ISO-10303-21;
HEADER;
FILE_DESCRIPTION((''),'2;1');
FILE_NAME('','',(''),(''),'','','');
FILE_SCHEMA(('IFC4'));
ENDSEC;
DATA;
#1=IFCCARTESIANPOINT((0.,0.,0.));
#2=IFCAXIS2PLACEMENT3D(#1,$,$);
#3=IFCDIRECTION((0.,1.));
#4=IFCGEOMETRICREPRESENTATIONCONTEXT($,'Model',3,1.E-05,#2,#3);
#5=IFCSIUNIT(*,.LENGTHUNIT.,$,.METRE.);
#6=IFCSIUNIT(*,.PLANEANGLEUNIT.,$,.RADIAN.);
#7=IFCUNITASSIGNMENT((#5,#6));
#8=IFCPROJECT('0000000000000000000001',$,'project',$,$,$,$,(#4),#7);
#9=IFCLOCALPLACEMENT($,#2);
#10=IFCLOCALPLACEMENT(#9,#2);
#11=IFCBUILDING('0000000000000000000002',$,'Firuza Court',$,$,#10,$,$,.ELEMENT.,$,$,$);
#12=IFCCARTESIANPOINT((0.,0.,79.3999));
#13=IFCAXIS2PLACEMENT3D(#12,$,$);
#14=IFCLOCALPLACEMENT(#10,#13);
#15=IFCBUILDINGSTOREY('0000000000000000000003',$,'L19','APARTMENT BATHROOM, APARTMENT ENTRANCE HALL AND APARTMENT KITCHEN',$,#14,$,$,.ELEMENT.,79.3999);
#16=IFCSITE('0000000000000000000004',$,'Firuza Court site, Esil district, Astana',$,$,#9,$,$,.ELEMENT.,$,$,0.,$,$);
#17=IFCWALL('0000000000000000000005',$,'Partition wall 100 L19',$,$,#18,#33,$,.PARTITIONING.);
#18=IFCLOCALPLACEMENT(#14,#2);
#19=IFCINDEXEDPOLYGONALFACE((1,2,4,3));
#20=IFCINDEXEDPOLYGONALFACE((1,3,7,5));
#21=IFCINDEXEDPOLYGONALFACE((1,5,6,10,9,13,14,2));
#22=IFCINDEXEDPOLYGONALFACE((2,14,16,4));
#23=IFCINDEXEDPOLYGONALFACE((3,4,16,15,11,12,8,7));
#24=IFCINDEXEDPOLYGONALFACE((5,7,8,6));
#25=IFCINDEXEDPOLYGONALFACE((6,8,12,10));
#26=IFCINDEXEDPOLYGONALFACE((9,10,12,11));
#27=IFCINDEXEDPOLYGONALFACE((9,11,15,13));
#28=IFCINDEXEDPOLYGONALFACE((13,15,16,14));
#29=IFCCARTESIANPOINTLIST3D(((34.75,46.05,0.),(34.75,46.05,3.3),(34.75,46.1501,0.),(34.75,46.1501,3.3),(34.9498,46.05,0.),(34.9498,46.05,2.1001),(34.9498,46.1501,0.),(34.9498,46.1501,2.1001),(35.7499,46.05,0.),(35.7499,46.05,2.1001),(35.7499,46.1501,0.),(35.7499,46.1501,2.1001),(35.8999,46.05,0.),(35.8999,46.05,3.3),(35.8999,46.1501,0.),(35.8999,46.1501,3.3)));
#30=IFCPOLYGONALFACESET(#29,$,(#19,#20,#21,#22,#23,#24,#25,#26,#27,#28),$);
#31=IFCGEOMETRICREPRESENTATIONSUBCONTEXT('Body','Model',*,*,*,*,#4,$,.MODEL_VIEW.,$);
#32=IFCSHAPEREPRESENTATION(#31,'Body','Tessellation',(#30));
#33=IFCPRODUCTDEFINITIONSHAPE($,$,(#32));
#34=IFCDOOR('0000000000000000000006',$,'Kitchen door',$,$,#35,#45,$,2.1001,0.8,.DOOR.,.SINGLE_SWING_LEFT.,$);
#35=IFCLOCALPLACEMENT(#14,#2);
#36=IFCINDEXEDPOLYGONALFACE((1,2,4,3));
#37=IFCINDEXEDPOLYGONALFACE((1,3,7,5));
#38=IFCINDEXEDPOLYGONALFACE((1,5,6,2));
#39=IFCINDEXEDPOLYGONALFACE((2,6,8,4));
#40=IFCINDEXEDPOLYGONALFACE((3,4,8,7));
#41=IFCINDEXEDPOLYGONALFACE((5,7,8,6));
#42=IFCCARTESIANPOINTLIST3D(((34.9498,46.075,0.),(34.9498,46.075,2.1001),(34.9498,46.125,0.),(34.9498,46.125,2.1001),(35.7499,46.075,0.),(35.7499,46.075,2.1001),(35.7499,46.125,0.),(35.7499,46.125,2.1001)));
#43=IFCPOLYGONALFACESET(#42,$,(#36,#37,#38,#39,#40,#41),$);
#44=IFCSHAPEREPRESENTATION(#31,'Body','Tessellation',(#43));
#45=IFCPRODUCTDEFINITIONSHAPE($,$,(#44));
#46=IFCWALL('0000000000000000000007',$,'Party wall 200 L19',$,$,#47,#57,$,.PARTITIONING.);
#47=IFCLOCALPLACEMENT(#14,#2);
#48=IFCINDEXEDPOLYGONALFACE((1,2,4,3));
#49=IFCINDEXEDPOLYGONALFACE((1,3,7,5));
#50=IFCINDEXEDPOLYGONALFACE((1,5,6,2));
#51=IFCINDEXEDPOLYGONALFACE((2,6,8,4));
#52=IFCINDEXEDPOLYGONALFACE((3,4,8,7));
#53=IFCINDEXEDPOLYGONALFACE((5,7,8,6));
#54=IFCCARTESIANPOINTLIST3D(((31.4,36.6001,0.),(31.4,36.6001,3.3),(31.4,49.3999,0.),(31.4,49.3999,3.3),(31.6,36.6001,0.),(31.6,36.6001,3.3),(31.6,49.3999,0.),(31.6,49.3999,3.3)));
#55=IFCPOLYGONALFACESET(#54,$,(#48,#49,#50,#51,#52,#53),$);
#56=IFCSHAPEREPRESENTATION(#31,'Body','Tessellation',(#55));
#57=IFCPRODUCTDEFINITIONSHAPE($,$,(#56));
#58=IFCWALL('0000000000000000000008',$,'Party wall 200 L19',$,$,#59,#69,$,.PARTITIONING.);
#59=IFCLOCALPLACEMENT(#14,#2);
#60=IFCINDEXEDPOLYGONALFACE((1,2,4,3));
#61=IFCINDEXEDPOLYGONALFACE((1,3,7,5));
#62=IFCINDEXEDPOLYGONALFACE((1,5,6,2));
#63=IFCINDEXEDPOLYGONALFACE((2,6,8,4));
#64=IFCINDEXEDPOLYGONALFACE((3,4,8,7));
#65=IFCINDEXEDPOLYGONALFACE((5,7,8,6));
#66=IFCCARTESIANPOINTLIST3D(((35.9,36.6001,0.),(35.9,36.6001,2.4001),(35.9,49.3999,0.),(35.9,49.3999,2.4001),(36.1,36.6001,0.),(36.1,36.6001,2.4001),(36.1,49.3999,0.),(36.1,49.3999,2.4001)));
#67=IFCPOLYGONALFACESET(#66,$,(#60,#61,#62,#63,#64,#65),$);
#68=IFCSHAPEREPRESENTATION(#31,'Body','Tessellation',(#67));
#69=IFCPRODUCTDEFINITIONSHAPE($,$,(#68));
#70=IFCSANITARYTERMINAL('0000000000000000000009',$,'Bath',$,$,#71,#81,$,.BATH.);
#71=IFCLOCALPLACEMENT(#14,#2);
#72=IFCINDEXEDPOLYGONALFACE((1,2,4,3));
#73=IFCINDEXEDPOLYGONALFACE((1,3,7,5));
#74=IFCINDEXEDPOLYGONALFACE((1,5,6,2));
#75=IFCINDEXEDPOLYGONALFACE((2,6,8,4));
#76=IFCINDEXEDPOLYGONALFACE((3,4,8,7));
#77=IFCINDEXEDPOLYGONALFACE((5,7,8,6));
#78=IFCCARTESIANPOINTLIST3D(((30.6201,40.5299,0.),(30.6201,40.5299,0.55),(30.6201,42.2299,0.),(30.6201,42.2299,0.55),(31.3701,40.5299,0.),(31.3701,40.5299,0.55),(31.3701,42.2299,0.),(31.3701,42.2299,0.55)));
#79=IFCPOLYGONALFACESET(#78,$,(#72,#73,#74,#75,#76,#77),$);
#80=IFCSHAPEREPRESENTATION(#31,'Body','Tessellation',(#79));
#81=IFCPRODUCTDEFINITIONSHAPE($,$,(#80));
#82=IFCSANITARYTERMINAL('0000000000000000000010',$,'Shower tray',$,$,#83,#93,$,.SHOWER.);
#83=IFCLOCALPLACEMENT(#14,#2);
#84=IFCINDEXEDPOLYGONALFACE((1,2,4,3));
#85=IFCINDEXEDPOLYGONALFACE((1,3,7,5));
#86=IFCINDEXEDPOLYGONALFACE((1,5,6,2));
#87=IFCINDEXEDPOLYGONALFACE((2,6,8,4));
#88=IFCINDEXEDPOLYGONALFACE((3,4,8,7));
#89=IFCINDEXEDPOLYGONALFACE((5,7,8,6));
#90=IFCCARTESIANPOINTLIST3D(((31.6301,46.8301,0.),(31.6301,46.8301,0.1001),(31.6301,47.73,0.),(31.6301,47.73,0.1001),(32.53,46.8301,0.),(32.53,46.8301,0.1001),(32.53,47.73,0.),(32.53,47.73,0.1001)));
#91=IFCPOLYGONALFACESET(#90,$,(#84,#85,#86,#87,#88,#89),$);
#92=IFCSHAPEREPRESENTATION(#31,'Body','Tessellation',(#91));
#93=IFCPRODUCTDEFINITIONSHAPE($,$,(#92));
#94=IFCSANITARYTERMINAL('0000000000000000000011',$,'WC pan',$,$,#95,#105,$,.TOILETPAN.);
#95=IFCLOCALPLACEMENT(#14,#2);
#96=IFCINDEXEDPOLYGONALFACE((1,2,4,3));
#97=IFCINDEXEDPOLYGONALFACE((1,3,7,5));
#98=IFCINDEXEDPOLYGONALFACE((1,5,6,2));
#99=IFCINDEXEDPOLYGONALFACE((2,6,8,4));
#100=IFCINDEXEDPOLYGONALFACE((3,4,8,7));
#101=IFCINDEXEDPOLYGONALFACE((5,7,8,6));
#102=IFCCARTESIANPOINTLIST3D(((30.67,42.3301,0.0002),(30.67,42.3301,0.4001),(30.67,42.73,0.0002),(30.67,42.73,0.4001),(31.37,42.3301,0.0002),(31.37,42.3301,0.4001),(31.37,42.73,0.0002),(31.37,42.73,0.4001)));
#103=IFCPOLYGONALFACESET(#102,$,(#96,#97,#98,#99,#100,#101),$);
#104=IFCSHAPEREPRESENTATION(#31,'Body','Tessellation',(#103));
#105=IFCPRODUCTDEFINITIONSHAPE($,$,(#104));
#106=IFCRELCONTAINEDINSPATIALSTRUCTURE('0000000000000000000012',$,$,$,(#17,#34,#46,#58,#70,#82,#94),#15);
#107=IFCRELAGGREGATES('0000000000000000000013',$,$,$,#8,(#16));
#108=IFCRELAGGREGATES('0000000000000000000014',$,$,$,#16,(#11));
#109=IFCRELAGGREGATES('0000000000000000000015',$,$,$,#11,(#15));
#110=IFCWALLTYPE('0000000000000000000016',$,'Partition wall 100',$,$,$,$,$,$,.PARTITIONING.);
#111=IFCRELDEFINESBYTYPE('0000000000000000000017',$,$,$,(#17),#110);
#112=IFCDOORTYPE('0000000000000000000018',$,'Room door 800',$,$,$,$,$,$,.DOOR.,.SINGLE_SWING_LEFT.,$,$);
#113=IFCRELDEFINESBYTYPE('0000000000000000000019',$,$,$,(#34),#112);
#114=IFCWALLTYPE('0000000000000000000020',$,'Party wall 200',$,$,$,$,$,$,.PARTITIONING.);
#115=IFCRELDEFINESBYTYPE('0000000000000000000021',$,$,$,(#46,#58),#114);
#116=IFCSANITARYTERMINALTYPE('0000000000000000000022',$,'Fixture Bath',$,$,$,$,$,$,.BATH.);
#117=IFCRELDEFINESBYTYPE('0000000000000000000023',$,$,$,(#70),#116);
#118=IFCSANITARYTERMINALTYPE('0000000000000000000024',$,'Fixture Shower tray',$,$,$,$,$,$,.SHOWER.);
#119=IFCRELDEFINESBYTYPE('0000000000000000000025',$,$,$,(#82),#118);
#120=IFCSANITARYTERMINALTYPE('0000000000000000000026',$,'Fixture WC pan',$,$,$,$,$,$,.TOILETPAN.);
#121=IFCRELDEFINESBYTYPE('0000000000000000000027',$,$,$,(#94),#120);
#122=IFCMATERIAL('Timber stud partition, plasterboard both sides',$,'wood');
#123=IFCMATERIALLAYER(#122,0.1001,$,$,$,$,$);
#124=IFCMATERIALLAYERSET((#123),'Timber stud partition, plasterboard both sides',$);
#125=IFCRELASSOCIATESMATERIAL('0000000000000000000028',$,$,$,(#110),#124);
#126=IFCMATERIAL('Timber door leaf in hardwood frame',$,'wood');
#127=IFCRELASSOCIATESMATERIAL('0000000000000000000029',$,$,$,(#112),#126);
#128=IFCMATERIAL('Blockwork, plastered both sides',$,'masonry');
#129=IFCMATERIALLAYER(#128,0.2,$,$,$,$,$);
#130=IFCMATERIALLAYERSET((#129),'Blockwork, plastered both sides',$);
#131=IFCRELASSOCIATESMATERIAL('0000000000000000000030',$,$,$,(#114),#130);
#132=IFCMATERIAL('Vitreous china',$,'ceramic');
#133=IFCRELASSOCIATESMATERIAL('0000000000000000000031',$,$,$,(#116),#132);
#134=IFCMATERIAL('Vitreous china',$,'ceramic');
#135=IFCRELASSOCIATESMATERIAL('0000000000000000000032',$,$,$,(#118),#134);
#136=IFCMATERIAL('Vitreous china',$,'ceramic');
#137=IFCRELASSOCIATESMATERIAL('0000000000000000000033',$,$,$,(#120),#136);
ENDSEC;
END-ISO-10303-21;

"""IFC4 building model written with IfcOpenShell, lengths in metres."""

from ifc_helpers import new_model, si_unit, direction, frame, frame_2d, origin, origin_2d, place, context, subcontext, project, spatial, rectangle, extrude, material, layer, layer_set, type_object, element, fill, save


model = new_model("IFC4")

# Units and contexts
model_context = context("Model", 3, precision=1e-05, world=origin(), true_north=direction((0.0, 1.0)))
body_context = subcontext(model_context, "Body", "Model", "MODEL_VIEW")
ifc_project = project(units=[si_unit("LENGTHUNIT", "METRE"), si_unit("PLANEANGLEUNIT", "RADIAN")], contexts=[model_context])

# Site, building, storey
site_placement = place(None, origin())
site = spatial("IfcSite", under=ifc_project, at=site_placement, Name="Firuza Court site, Esil district, Astana", CompositionType="ELEMENT", RefElevation=0.0)
building_placement = place(site_placement, origin())
building = spatial("IfcBuilding", under=site, at=building_placement, Name="Firuza Court", CompositionType="ELEMENT")
storey_placement = place(building_placement, frame((0.0, 0.0, 79.3999)))
storey = spatial("IfcBuildingStorey", under=building, at=storey_placement, Name="L19", Description="APARTMENT BATHROOM, APARTMENT ENTRANCE HALL AND APARTMENT KITCHEN", CompositionType="ELEMENT", Elevation=79.3999)

# Shared definitions
ifc_material_1 = material(Name="Timber stud partition, plasterboard both sides", Category="wood")
ifc_layer_1 = layer(ifc_material_1, 0.1001)
ifc_layer_set_1 = layer_set([ifc_layer_1], Name="Timber stud partition, plasterboard both sides")
wall_type_1 = type_object("IfcWallType", Name="Partition wall 100", PredefinedType="PARTITIONING", material=ifc_layer_set_1)

# Wall, opening, door
wall_1_placement = place(storey_placement, frame((34.75, 46.1001, 0.0), z_axis=(0.0, 0.0, 1.0), x_axis=(1.0, 0.0, 0.0)))
wall_1 = element("IfcWall", 1, at=wall_1_placement, inside=storey, type_object=wall_type_1, Name="Partition wall 100 L19", PredefinedType="PARTITIONING", context=body_context, shape_type="SweptSolid", body=[
    extrude(rectangle(XDim=1.1499, YDim=0.1001, at=frame_2d((0.575, 0.0))), origin(), (0.0, 0.0, 1.0), 3.3),
])
opening_1_placement = place(wall_1_placement, frame((0.2, 0.0, 0.0)))
opening_1 = element("IfcOpeningElement", 2, at=opening_1_placement, cuts=wall_1, PredefinedType="OPENING", context=body_context, shape_type="SweptSolid", body=[
    extrude(rectangle(XDim=0.8, YDim=2.1001, at=frame_2d((0.3999, 1.05))), frame((0.0, 0.062, 0.0), z_axis=(0.0, -1.0, 0.0), x_axis=(1.0, 0.0, 0.0)), (0.0, 0.0, 1.0), 0.124),
])
ifc_material_2 = material(Name="Timber door leaf in hardwood frame", Category="wood")
door_type_1 = type_object("IfcDoorType", Name="Room door 800", OperationType="SINGLE_SWING_LEFT", PredefinedType="DOOR", material=ifc_material_2)
door_1_placement = place(opening_1_placement, origin())
door_1 = element("IfcDoor", 3, at=door_1_placement, inside=storey, type_object=door_type_1, Name="Kitchen door", OperationType="SINGLE_SWING_LEFT", OverallHeight=2.1001, OverallWidth=0.8, PredefinedType="DOOR", context=body_context, shape_type="SweptSolid", body=[
    extrude(rectangle(XDim=0.8, YDim=2.1001, at=frame_2d((0.3999, 1.05))), frame((0.0, 0.0249, 0.0), z_axis=(0.0, -1.0, 0.0), x_axis=(1.0, 0.0, 0.0)), (0.0, 0.0, 1.0), 0.05),
])
fill(opening_1, door_1)

# Walls
ifc_material_3 = material(Name="Blockwork, plastered both sides", Category="masonry")
ifc_layer_2 = layer(ifc_material_3, 0.2)
ifc_layer_set_2 = layer_set([ifc_layer_2], Name="Blockwork, plastered both sides")
wall_type_2 = type_object("IfcWallType", Name="Party wall 200", PredefinedType="PARTITIONING", material=ifc_layer_set_2)
wall_2_placement = place(storey_placement, frame((31.5, 36.6001, 0.0), z_axis=(0.0, 0.0, 1.0), x_axis=(0.0, 1.0, 0.0)))
element("IfcWall", 4, at=wall_2_placement, inside=storey, type_object=wall_type_2, Name="Party wall 200 L19", PredefinedType="PARTITIONING", context=body_context, shape_type="SweptSolid", body=[
    extrude(rectangle(XDim=12.7998, YDim=0.2, at=frame_2d((6.3999, 0.0))), origin(), (0.0, 0.0, 1.0), 3.3),
])
wall_3_placement = place(storey_placement, frame((36.0, 36.6001, 0.0), z_axis=(0.0, 0.0, 1.0), x_axis=(0.0, 1.0, 0.0)))
element("IfcWall", 5, at=wall_3_placement, inside=storey, type_object=wall_type_2, Name="Party wall 200 L19", PredefinedType="PARTITIONING", context=body_context, shape_type="SweptSolid", body=[
    extrude(rectangle(XDim=12.7998, YDim=0.2, at=frame_2d((6.3999, 0.0))), origin(), (0.0, 0.0, 1.0), 2.4001),
])

# Sanitary terminals
ifc_material_4 = material(Name="Vitreous china", Category="ceramic")
sanitary_terminal_type_1 = type_object("IfcSanitaryTerminalType", Name="Fixture Bath", PredefinedType="BATH", material=ifc_material_4)
sanitary_terminal_1_placement = place(storey_placement, frame((30.9951, 41.3799, 0.0), z_axis=(0.0, 0.0, 1.0), x_axis=(1.0, 0.0, 0.0)))
element("IfcSanitaryTerminal", 6, at=sanitary_terminal_1_placement, inside=storey, type_object=sanitary_terminal_type_1, Name="Bath", PredefinedType="BATH", context=body_context, shape_type="SweptSolid", body=[
    extrude(rectangle(XDim=0.75, YDim=1.7, at=origin_2d()), origin(), (0.0, 0.0, 1.0), 0.55),
])
ifc_material_5 = material(Name="Vitreous china", Category="ceramic")
sanitary_terminal_type_2 = type_object("IfcSanitaryTerminalType", Name="Fixture Shower tray", PredefinedType="SHOWER", material=ifc_material_5)
sanitary_terminal_2_placement = place(storey_placement, frame((32.0801, 47.28, 0.0), z_axis=(0.0, 0.0, 1.0), x_axis=(1.0, 0.0, 0.0)))
element("IfcSanitaryTerminal", 7, at=sanitary_terminal_2_placement, inside=storey, type_object=sanitary_terminal_type_2, Name="Shower tray", PredefinedType="SHOWER", context=body_context, shape_type="SweptSolid", body=[
    extrude(rectangle(XDim=0.8999, YDim=0.8999, at=origin_2d()), origin(), (0.0, 0.0, 1.0), 0.1001),
])
ifc_material_6 = material(Name="Vitreous china", Category="ceramic")
sanitary_terminal_type_3 = type_object("IfcSanitaryTerminalType", Name="Fixture WC pan", PredefinedType="TOILETPAN", material=ifc_material_6)
sanitary_terminal_3_placement = place(storey_placement, frame((31.02, 42.53, 0.0002), z_axis=(0.0, 0.0, 1.0), x_axis=(1.0, 0.0, 0.0)))
element("IfcSanitaryTerminal", 8, at=sanitary_terminal_3_placement, inside=storey, type_object=sanitary_terminal_type_3, Name="WC pan", PredefinedType="TOILETPAN", context=body_context, shape_type="SweptSolid", body=[
    extrude(rectangle(XDim=0.7, YDim=0.3999, at=origin_2d()), origin(), (0.0, 0.0, 1.0), 0.3999),
])

save(model, "model.ifc")
